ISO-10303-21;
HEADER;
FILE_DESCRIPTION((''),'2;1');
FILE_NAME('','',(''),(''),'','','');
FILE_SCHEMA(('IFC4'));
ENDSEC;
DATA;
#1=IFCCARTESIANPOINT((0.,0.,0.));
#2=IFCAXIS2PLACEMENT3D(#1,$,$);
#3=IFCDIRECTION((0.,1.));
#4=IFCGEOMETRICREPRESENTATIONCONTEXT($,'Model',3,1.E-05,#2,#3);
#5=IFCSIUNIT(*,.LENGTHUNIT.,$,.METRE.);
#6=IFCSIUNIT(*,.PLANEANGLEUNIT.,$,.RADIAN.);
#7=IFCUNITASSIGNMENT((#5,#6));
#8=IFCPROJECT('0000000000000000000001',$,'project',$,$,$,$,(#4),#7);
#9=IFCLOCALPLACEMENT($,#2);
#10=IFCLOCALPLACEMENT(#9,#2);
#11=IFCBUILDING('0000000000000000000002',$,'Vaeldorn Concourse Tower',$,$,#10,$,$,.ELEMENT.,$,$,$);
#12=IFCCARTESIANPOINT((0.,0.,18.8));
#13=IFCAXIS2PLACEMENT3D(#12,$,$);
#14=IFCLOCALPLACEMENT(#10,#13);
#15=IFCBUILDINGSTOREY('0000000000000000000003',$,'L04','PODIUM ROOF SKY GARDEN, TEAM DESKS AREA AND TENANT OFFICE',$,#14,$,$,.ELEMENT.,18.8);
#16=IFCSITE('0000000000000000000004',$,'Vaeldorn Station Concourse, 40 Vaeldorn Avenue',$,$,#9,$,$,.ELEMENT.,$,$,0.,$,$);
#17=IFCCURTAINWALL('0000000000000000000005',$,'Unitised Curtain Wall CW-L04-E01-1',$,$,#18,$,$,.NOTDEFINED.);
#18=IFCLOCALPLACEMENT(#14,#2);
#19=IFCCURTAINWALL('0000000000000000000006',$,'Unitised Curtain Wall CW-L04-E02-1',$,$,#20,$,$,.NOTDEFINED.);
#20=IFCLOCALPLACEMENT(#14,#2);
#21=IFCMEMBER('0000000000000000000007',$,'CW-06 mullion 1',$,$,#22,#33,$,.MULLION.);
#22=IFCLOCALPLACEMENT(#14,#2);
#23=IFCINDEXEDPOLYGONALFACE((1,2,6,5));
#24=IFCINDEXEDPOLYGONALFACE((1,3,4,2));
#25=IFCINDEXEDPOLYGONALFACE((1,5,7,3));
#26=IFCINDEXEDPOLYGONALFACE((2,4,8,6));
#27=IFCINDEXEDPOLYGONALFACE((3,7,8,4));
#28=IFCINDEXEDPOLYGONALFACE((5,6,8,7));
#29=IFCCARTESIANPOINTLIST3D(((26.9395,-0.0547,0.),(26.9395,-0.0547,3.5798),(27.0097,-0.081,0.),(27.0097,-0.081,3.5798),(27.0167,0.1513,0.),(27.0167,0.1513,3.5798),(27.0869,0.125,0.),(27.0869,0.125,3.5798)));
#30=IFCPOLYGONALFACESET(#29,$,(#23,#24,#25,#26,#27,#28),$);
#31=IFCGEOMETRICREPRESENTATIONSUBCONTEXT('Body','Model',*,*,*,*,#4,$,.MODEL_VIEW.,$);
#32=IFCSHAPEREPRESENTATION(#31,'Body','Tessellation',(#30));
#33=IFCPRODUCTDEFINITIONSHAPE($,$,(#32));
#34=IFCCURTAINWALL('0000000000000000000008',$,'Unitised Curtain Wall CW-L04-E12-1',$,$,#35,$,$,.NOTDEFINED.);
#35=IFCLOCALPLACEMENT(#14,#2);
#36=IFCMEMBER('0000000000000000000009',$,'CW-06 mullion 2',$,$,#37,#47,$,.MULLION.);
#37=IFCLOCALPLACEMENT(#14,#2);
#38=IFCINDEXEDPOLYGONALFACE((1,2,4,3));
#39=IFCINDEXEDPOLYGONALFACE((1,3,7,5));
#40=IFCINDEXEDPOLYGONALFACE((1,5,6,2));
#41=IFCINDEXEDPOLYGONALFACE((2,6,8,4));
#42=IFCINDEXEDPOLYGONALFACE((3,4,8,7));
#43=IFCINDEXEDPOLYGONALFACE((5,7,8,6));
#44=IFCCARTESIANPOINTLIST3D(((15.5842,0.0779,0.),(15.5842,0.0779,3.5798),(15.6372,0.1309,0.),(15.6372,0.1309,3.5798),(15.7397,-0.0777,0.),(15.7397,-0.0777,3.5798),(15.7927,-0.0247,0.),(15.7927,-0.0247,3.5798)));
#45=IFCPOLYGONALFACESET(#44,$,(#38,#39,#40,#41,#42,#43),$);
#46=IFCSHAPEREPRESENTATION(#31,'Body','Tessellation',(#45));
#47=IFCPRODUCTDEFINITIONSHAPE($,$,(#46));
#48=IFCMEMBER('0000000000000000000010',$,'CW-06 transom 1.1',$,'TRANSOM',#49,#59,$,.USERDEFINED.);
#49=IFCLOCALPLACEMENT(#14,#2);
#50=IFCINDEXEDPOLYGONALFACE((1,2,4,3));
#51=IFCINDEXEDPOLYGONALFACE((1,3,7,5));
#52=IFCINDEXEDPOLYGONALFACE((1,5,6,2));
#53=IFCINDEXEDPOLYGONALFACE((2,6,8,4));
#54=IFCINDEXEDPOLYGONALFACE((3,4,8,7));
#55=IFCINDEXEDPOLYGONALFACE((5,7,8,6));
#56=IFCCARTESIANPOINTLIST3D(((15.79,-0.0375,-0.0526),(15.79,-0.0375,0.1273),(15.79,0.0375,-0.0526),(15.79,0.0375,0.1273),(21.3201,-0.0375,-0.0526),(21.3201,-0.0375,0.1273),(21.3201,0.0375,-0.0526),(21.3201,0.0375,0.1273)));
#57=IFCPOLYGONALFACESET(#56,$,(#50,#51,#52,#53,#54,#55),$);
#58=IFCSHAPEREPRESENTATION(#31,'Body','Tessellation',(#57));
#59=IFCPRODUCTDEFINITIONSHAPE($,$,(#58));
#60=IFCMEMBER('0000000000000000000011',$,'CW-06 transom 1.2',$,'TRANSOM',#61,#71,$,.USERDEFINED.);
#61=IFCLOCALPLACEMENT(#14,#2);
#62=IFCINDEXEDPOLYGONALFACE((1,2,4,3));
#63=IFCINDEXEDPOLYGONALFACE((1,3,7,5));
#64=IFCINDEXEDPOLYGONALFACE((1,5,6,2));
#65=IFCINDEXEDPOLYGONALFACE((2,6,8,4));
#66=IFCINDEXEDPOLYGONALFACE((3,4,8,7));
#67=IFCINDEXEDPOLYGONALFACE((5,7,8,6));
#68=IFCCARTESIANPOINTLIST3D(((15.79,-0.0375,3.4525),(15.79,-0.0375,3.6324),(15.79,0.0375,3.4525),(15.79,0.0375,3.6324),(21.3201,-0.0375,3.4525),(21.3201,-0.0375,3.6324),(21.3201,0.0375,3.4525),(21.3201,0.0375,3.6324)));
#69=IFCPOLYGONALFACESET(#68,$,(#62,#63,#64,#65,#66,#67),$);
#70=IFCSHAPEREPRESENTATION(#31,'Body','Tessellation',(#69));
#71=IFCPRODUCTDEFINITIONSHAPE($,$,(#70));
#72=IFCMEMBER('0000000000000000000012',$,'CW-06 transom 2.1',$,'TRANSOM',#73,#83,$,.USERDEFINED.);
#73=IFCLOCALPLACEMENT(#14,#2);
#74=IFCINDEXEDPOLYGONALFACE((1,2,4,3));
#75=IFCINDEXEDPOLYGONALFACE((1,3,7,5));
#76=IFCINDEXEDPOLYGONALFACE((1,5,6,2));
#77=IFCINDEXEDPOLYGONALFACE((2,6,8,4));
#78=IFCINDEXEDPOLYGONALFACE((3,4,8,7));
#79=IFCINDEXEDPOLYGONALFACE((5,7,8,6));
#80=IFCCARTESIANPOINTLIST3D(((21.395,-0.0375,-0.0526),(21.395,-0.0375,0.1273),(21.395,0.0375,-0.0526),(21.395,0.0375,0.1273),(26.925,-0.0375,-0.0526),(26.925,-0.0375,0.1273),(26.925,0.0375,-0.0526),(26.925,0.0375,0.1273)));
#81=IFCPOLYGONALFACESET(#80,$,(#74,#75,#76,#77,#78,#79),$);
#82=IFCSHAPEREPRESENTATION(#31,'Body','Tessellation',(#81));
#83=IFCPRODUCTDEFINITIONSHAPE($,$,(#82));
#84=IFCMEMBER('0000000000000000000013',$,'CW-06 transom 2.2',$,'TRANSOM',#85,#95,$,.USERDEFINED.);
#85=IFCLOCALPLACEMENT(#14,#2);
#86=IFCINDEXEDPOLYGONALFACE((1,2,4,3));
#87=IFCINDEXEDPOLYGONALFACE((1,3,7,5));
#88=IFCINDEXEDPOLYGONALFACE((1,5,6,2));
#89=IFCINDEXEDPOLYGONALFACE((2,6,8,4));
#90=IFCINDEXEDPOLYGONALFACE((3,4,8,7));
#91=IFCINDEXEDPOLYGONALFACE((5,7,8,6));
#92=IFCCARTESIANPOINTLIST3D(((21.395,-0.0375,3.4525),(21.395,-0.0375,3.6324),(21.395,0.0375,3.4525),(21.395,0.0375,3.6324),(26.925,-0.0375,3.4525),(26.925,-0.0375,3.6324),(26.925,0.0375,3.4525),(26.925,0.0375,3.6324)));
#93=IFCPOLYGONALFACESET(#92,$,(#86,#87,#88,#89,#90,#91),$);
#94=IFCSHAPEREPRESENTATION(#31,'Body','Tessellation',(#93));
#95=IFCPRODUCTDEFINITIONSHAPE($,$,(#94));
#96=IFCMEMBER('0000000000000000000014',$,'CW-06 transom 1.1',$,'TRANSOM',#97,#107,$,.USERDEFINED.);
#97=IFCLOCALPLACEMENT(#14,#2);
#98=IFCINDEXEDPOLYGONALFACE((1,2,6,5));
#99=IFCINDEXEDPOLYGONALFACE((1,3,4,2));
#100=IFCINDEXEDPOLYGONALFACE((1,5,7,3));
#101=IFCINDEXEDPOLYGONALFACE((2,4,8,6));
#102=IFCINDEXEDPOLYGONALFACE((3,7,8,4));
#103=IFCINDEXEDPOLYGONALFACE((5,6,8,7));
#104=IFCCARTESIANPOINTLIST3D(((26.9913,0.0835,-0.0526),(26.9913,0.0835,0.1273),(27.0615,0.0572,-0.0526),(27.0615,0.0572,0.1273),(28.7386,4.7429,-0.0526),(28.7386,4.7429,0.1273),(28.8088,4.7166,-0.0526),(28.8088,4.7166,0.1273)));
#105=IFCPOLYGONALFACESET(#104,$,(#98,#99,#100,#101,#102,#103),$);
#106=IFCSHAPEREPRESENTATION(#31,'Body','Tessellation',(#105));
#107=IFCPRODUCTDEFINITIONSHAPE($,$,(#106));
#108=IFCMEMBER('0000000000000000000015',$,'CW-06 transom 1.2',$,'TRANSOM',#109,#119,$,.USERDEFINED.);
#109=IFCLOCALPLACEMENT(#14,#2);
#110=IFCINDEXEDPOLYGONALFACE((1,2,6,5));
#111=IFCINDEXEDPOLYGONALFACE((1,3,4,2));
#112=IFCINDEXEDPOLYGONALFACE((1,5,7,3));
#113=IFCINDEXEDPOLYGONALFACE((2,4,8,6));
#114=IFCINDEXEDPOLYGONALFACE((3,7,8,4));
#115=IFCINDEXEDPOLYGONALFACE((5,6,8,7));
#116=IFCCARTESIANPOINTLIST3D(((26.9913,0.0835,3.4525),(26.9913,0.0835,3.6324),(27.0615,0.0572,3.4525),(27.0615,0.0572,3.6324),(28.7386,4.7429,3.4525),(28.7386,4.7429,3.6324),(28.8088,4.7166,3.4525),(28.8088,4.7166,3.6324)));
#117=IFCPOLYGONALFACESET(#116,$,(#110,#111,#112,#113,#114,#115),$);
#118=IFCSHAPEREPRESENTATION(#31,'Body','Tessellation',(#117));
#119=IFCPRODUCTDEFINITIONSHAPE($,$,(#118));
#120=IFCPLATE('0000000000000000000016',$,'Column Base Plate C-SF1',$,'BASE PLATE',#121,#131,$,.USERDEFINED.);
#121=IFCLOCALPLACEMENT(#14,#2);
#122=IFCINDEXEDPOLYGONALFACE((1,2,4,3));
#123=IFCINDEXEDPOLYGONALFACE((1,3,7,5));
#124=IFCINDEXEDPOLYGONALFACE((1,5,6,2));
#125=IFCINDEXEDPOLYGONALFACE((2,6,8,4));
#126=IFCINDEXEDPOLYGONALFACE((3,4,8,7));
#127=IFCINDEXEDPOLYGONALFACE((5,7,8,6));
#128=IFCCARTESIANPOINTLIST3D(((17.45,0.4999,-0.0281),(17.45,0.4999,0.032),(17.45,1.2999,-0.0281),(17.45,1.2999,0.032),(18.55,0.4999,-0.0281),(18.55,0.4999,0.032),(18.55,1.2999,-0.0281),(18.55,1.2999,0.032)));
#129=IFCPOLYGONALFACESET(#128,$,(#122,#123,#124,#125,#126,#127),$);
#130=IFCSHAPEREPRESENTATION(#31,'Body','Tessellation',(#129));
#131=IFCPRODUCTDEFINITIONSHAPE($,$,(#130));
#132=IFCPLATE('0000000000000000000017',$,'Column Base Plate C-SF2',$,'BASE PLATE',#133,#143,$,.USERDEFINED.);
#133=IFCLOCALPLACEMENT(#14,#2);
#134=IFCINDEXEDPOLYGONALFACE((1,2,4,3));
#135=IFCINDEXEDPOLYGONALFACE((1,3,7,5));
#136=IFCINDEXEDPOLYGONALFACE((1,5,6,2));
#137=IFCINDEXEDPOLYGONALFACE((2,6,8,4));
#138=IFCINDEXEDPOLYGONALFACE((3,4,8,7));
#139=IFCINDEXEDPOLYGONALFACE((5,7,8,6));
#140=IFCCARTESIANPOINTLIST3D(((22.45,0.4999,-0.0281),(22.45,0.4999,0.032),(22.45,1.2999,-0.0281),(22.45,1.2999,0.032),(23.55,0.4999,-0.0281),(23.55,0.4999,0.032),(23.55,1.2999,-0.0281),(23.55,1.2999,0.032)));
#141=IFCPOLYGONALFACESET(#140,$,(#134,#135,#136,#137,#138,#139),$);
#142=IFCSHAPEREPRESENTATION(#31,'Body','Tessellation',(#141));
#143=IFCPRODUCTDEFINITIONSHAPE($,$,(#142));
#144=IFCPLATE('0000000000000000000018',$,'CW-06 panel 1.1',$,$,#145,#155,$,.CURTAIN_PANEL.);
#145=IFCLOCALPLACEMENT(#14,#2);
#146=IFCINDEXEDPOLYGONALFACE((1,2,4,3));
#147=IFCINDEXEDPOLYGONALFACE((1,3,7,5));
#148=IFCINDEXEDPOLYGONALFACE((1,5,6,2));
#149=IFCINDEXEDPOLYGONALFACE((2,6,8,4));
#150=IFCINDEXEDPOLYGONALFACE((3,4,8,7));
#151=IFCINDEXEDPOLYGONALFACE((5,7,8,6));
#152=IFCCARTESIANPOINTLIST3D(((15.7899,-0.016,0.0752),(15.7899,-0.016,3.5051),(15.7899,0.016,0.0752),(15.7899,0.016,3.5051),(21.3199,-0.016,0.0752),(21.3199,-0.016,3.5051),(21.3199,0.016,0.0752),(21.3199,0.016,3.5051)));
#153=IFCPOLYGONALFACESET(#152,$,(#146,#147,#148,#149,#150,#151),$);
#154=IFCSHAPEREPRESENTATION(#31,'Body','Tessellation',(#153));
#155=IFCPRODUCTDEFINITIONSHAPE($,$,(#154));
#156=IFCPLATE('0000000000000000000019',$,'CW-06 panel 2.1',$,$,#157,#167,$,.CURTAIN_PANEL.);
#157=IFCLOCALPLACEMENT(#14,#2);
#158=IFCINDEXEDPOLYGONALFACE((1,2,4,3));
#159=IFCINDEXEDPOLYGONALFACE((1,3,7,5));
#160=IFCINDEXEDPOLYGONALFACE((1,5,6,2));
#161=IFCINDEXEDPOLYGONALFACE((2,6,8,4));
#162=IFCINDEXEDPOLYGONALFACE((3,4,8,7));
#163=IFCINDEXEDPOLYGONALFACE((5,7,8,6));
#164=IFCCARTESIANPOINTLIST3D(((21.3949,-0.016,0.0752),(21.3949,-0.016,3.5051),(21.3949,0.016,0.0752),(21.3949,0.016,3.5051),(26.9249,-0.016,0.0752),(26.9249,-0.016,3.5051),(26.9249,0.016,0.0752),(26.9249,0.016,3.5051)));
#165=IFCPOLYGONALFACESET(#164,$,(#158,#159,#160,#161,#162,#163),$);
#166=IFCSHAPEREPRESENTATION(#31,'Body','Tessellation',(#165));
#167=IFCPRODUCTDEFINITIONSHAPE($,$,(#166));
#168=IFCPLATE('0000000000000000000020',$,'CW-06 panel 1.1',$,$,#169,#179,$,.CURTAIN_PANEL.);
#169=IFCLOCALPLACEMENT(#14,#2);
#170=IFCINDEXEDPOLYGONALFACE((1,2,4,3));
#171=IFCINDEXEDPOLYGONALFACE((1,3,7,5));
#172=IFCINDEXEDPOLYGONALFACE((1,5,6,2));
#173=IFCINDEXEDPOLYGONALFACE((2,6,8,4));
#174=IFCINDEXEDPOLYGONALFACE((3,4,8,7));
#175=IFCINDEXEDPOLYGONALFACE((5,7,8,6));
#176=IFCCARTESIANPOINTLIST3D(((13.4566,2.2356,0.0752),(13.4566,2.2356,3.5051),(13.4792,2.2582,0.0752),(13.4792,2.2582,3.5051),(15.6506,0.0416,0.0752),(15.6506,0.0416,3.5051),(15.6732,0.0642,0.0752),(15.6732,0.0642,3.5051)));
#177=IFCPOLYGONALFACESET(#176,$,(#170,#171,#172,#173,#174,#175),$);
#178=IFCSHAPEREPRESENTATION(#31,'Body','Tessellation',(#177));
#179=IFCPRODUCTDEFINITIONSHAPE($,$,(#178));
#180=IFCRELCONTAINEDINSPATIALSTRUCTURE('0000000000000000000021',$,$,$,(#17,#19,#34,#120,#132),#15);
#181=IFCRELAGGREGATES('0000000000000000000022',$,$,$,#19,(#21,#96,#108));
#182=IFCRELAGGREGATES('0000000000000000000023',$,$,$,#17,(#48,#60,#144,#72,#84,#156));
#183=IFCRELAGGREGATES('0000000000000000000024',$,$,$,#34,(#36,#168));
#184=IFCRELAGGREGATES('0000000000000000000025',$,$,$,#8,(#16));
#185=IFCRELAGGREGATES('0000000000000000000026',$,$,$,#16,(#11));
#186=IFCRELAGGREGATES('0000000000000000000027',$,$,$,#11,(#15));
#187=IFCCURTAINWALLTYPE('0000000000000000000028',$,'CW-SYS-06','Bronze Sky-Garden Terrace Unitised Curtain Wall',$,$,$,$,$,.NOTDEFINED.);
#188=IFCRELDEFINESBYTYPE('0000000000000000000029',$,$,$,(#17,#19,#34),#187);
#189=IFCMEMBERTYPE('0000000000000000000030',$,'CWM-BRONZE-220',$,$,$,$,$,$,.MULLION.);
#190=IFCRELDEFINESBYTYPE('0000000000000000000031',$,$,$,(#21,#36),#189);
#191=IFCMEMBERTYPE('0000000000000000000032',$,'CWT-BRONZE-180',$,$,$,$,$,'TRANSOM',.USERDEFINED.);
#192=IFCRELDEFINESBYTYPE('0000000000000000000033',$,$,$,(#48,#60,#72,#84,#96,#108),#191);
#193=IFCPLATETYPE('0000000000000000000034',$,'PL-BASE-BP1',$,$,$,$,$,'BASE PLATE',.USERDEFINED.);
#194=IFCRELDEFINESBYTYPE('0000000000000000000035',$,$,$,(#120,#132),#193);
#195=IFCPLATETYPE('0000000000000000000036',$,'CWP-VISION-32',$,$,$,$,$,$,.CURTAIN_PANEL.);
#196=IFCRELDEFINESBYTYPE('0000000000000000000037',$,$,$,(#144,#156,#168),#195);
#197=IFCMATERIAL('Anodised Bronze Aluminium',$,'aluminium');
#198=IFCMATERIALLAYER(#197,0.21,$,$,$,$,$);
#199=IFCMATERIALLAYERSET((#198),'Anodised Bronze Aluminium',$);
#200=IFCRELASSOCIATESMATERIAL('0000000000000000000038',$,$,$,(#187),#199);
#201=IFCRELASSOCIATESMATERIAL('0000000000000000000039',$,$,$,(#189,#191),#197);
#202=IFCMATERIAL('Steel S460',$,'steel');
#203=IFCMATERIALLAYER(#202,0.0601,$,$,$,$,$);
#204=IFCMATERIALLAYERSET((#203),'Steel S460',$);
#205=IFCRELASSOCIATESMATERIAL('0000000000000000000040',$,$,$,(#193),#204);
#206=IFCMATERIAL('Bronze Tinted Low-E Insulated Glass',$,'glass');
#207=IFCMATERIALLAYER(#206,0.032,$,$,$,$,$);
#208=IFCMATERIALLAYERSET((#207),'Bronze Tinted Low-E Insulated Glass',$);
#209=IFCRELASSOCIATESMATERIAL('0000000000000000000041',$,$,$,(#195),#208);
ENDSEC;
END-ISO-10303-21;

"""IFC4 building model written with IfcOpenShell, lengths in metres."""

from ifc_helpers import new_model, si_unit, direction, frame, origin, origin_2d, place, context, subcontext, project, spatial, rectangle, extrude, source, transform, mapped, material, layer, layer_set, material_profile, profile_set, type_object, element, aggregate, save


model = new_model("IFC4")

# Units and contexts
model_context = context("Model", 3, precision=1e-05, world=origin(), true_north=direction((0.0, 1.0)))
body_context = subcontext(model_context, "Body", "Model", "MODEL_VIEW")
ifc_project = project(units=[si_unit("LENGTHUNIT", "METRE"), si_unit("PLANEANGLEUNIT", "RADIAN")], contexts=[model_context])

# Site, building, storey
site_placement = place(None, origin())
site = spatial("IfcSite", under=ifc_project, at=site_placement, Name="Vaeldorn Station Concourse, 40 Vaeldorn Avenue", CompositionType="ELEMENT", RefElevation=0.0)
building_placement = place(site_placement, origin())
building = spatial("IfcBuilding", under=site, at=building_placement, Name="Vaeldorn Concourse Tower", CompositionType="ELEMENT")
storey_placement = place(building_placement, frame((0.0, 0.0, 18.8)))
storey = spatial("IfcBuildingStorey", under=building, at=storey_placement, Name="L04", Description="PODIUM ROOF SKY GARDEN, TEAM DESKS AREA AND TENANT OFFICE", CompositionType="ELEMENT", Elevation=18.8)

# Shared definitions
ifc_material_1 = material(Name="Steel S460", Category="steel")

# Curtain wall
ifc_material_2 = material(Name="Anodised Bronze Aluminium", Category="aluminium")
ifc_layer_1 = layer(ifc_material_2, 0.21)
ifc_layer_set_1 = layer_set([ifc_layer_1], Name="Anodised Bronze Aluminium")
curtain_wall_type = type_object("IfcCurtainWallType", Name="CW-SYS-06", Description="Bronze Sky-Garden Terrace Unitised Curtain Wall", PredefinedType="NOTDEFINED", material=ifc_layer_set_1)
curtain_wall_1_placement = place(storey_placement, origin())
curtain_wall_1 = element("IfcCurtainWall", 1, at=curtain_wall_1_placement, inside=storey, type_object=curtain_wall_type, Name="Unitised Curtain Wall CW-L04-E01-1", PredefinedType="NOTDEFINED")
ifc_material_profile_1 = material_profile(ifc_material_2, rectangle(XDim=0.075, YDim=0.22, at=origin_2d()), Name="CWM 75x220")
ifc_profile_set_1 = profile_set([ifc_material_profile_1], Name="Anodised Bronze Aluminium")
member_type_1 = type_object("IfcMemberType", Name="CWM-BRONZE-220", PredefinedType="MULLION", material=ifc_profile_set_1)
shared_shape_1 = source(origin(), body_context, "Body", "SweptSolid", [
    extrude(rectangle(XDim=0.075, YDim=0.22, at=origin_2d()), origin(), (0.0, 0.0, 1.0), 3.5798),
])

# Curtain walls, members
curtain_wall_2_placement = place(storey_placement, origin())
curtain_wall_2 = element("IfcCurtainWall", 2, at=curtain_wall_2_placement, inside=storey, type_object=curtain_wall_type, Name="Unitised Curtain Wall CW-L04-E02-1", PredefinedType="NOTDEFINED")
member_1_placement = place(storey_placement, frame((27.0132, 0.0352, 0.0), z_axis=(0.0, 0.0, 1.0), x_axis=(-0.936329, 0.351123, 0.0)))
member_1 = element("IfcMember", 3, at=member_1_placement, type_object=member_type_1, Name="CW-06 mullion 1", PredefinedType="MULLION", context=body_context, shape_type="MappedRepresentation", body=[
    mapped(shared_shape_1, transform((0.0, 0.0, 0.0), scale=1.0)),
])
curtain_wall_3_placement = place(storey_placement, origin())
curtain_wall_3 = element("IfcCurtainWall", 4, at=curtain_wall_3_placement, inside=storey, type_object=curtain_wall_type, Name="Unitised Curtain Wall CW-L04-E12-1", PredefinedType="NOTDEFINED")
member_2_placement = place(storey_placement, frame((15.6885, 0.0266, 0.0), z_axis=(0.0, 0.0, 1.0), x_axis=(0.707107, 0.707107, 0.0)))
member_2 = element("IfcMember", 5, at=member_2_placement, type_object=member_type_1, Name="CW-06 mullion 2", PredefinedType="MULLION", context=body_context, shape_type="MappedRepresentation", body=[
    mapped(shared_shape_1, transform((0.0, 0.0, 0.0), scale=1.0)),
])

# Members
ifc_material_profile_2 = material_profile(ifc_material_2, rectangle(XDim=0.075, YDim=0.1799, at=origin_2d()), Name="CWT 75x180")
ifc_profile_set_2 = profile_set([ifc_material_profile_2], Name="Anodised Bronze Aluminium")
member_type_2 = type_object("IfcMemberType", Name="CWT-BRONZE-180", ElementType="TRANSOM", PredefinedType="USERDEFINED", material=ifc_profile_set_2)
shared_shape_2 = source(origin(), body_context, "Body", "SweptSolid", [
    extrude(rectangle(XDim=0.075, YDim=0.1799, at=origin_2d()), origin(), (0.0, 0.0, 1.0), 5.53),
])
member_3_placement = place(storey_placement, frame((15.79, 0.0, 0.0374), z_axis=(1.0, 0.0, 0.0), x_axis=(0.0, 1.0, 0.0)))
member_3 = element("IfcMember", 6, at=member_3_placement, type_object=member_type_2, Name="CW-06 transom 1.1", ObjectType="TRANSOM", PredefinedType="USERDEFINED", context=body_context, shape_type="MappedRepresentation", body=[
    mapped(shared_shape_2, transform((0.0, 0.0, 0.0), scale=1.0)),
])
member_4_placement = place(storey_placement, frame((15.79, 0.0, 3.5425), z_axis=(1.0, 0.0, 0.0), x_axis=(0.0, 1.0, 0.0)))
member_4 = element("IfcMember", 7, at=member_4_placement, type_object=member_type_2, Name="CW-06 transom 1.2", ObjectType="TRANSOM", PredefinedType="USERDEFINED", context=body_context, shape_type="MappedRepresentation", body=[
    mapped(shared_shape_2, transform((0.0, 0.0, 0.0), scale=1.0)),
])
member_5_placement = place(storey_placement, frame((21.395, 0.0, 0.0374), z_axis=(1.0, 0.0, 0.0), x_axis=(0.0, 1.0, 0.0)))
member_5 = element("IfcMember", 8, at=member_5_placement, type_object=member_type_2, Name="CW-06 transom 2.1", ObjectType="TRANSOM", PredefinedType="USERDEFINED", context=body_context, shape_type="MappedRepresentation", body=[
    mapped(shared_shape_2, transform((0.0, 0.0, 0.0), scale=1.0)),
])
member_6_placement = place(storey_placement, frame((21.395, 0.0, 3.5425), z_axis=(1.0, 0.0, 0.0), x_axis=(0.0, 1.0, 0.0)))
member_6 = element("IfcMember", 9, at=member_6_placement, type_object=member_type_2, Name="CW-06 transom 2.2", ObjectType="TRANSOM", PredefinedType="USERDEFINED", context=body_context, shape_type="MappedRepresentation", body=[
    mapped(shared_shape_2, transform((0.0, 0.0, 0.0), scale=1.0)),
])
shared_shape_3 = source(origin(), body_context, "Body", "SweptSolid", [
    extrude(rectangle(XDim=0.075, YDim=0.1799, at=origin_2d()), origin(), (0.0, 0.0, 1.0), 4.9763),
])
member_7_placement = place(storey_placement, frame((27.0264, 0.0703, 0.0374), z_axis=(0.351129, 0.936327, 0.0), x_axis=(-0.936327, 0.351129, 0.0)))
member_7 = element("IfcMember", 10, at=member_7_placement, type_object=member_type_2, Name="CW-06 transom 1.1", ObjectType="TRANSOM", PredefinedType="USERDEFINED", context=body_context, shape_type="MappedRepresentation", body=[
    mapped(shared_shape_3, transform((0.0, 0.0, 0.0), scale=1.0)),
])
member_8_placement = place(storey_placement, frame((27.0264, 0.0703, 3.5425), z_axis=(0.351129, 0.936327, 0.0), x_axis=(-0.936327, 0.351129, 0.0)))
member_8 = element("IfcMember", 11, at=member_8_placement, type_object=member_type_2, Name="CW-06 transom 1.2", ObjectType="TRANSOM", PredefinedType="USERDEFINED", context=body_context, shape_type="MappedRepresentation", body=[
    mapped(shared_shape_3, transform((0.0, 0.0, 0.0), scale=1.0)),
])
aggregate(curtain_wall_2, [member_1, member_7, member_8])

# Plates
ifc_layer_2 = layer(ifc_material_1, 0.0601)
ifc_layer_set_2 = layer_set([ifc_layer_2], Name="Steel S460")
plate_type_1 = type_object("IfcPlateType", Name="PL-BASE-BP1", ElementType="BASE PLATE", PredefinedType="USERDEFINED", material=ifc_layer_set_2)
shared_shape_4 = source(origin(), body_context, "Body", "SweptSolid", [
    extrude(rectangle(XDim=1.1001, YDim=0.8, at=origin_2d()), origin(), (0.0, 0.0, 1.0), 0.0601),
])
for number, where, z_axis, x_axis, name in (
    (12, (18.0, 0.8999, -0.0281), (0.0, 0.0, 1.0), (1.0, 0.0, 0.0), "Column Base Plate C-SF1"),
    (13, (23.0, 0.8999, -0.0281), (0.0, 0.0, 1.0), (1.0, 0.0, 0.0), "Column Base Plate C-SF2"),
):
    element("IfcPlate", number, at=place(storey_placement, frame(where, z_axis=z_axis, x_axis=x_axis)), inside=storey, type_object=plate_type_1, Name=name, ObjectType="BASE PLATE", PredefinedType="USERDEFINED", context=body_context, shape_type="MappedRepresentation", body=[
        mapped(shared_shape_4, transform((0.0, 0.0, 0.0), scale=1.0)),
    ])

# Plates
ifc_material_3 = material(Name="Bronze Tinted Low-E Insulated Glass", Category="glass")
ifc_layer_3 = layer(ifc_material_3, 0.032)
ifc_layer_set_3 = layer_set([ifc_layer_3], Name="Bronze Tinted Low-E Insulated Glass")
plate_type_2 = type_object("IfcPlateType", Name="CWP-VISION-32", PredefinedType="CURTAIN_PANEL", material=ifc_layer_set_3)
shared_shape_5 = source(origin(), body_context, "Body", "SweptSolid", [
    extrude(rectangle(XDim=5.53, YDim=0.032, at=origin_2d()), origin(), (0.0, 0.0, 1.0), 3.4299),
])
plate_1_placement = place(storey_placement, frame((18.5549, 0.0, 0.0752), z_axis=(0.0, 0.0, 1.0), x_axis=(1.0, 0.0, 0.0)))
plate_1 = element("IfcPlate", 14, at=plate_1_placement, type_object=plate_type_2, Name="CW-06 panel 1.1", PredefinedType="CURTAIN_PANEL", context=body_context, shape_type="MappedRepresentation", body=[
    mapped(shared_shape_5, transform((0.0, 0.0, 0.0), scale=1.0)),
])
plate_2_placement = place(storey_placement, frame((24.1599, 0.0, 0.0752), z_axis=(0.0, 0.0, 1.0), x_axis=(1.0, 0.0, 0.0)))
plate_2 = element("IfcPlate", 15, at=plate_2_placement, type_object=plate_type_2, Name="CW-06 panel 2.1", PredefinedType="CURTAIN_PANEL", context=body_context, shape_type="MappedRepresentation", body=[
    mapped(shared_shape_5, transform((0.0, 0.0, 0.0), scale=1.0)),
])
aggregate(curtain_wall_1, [member_3, member_4, plate_1, member_5, member_6, plate_2])
shared_shape_6 = source(origin(), body_context, "Body", "SweptSolid", [
    extrude(rectangle(XDim=3.1028, YDim=0.032, at=origin_2d()), origin(), (0.0, 0.0, 1.0), 3.4299),
])
plate_3_placement = place(storey_placement, frame((14.5649, 1.1499, 0.0752), z_axis=(0.0, 0.0, 1.0), x_axis=(0.707107, -0.707107, 0.0)))
plate_3 = element("IfcPlate", 16, at=plate_3_placement, type_object=plate_type_2, Name="CW-06 panel 1.1", PredefinedType="CURTAIN_PANEL", context=body_context, shape_type="MappedRepresentation", body=[
    mapped(shared_shape_6, transform((0.0, 0.0, 0.0), scale=1.0)),
])
aggregate(curtain_wall_3, [member_2, plate_3])

save(model, "model.ifc")
